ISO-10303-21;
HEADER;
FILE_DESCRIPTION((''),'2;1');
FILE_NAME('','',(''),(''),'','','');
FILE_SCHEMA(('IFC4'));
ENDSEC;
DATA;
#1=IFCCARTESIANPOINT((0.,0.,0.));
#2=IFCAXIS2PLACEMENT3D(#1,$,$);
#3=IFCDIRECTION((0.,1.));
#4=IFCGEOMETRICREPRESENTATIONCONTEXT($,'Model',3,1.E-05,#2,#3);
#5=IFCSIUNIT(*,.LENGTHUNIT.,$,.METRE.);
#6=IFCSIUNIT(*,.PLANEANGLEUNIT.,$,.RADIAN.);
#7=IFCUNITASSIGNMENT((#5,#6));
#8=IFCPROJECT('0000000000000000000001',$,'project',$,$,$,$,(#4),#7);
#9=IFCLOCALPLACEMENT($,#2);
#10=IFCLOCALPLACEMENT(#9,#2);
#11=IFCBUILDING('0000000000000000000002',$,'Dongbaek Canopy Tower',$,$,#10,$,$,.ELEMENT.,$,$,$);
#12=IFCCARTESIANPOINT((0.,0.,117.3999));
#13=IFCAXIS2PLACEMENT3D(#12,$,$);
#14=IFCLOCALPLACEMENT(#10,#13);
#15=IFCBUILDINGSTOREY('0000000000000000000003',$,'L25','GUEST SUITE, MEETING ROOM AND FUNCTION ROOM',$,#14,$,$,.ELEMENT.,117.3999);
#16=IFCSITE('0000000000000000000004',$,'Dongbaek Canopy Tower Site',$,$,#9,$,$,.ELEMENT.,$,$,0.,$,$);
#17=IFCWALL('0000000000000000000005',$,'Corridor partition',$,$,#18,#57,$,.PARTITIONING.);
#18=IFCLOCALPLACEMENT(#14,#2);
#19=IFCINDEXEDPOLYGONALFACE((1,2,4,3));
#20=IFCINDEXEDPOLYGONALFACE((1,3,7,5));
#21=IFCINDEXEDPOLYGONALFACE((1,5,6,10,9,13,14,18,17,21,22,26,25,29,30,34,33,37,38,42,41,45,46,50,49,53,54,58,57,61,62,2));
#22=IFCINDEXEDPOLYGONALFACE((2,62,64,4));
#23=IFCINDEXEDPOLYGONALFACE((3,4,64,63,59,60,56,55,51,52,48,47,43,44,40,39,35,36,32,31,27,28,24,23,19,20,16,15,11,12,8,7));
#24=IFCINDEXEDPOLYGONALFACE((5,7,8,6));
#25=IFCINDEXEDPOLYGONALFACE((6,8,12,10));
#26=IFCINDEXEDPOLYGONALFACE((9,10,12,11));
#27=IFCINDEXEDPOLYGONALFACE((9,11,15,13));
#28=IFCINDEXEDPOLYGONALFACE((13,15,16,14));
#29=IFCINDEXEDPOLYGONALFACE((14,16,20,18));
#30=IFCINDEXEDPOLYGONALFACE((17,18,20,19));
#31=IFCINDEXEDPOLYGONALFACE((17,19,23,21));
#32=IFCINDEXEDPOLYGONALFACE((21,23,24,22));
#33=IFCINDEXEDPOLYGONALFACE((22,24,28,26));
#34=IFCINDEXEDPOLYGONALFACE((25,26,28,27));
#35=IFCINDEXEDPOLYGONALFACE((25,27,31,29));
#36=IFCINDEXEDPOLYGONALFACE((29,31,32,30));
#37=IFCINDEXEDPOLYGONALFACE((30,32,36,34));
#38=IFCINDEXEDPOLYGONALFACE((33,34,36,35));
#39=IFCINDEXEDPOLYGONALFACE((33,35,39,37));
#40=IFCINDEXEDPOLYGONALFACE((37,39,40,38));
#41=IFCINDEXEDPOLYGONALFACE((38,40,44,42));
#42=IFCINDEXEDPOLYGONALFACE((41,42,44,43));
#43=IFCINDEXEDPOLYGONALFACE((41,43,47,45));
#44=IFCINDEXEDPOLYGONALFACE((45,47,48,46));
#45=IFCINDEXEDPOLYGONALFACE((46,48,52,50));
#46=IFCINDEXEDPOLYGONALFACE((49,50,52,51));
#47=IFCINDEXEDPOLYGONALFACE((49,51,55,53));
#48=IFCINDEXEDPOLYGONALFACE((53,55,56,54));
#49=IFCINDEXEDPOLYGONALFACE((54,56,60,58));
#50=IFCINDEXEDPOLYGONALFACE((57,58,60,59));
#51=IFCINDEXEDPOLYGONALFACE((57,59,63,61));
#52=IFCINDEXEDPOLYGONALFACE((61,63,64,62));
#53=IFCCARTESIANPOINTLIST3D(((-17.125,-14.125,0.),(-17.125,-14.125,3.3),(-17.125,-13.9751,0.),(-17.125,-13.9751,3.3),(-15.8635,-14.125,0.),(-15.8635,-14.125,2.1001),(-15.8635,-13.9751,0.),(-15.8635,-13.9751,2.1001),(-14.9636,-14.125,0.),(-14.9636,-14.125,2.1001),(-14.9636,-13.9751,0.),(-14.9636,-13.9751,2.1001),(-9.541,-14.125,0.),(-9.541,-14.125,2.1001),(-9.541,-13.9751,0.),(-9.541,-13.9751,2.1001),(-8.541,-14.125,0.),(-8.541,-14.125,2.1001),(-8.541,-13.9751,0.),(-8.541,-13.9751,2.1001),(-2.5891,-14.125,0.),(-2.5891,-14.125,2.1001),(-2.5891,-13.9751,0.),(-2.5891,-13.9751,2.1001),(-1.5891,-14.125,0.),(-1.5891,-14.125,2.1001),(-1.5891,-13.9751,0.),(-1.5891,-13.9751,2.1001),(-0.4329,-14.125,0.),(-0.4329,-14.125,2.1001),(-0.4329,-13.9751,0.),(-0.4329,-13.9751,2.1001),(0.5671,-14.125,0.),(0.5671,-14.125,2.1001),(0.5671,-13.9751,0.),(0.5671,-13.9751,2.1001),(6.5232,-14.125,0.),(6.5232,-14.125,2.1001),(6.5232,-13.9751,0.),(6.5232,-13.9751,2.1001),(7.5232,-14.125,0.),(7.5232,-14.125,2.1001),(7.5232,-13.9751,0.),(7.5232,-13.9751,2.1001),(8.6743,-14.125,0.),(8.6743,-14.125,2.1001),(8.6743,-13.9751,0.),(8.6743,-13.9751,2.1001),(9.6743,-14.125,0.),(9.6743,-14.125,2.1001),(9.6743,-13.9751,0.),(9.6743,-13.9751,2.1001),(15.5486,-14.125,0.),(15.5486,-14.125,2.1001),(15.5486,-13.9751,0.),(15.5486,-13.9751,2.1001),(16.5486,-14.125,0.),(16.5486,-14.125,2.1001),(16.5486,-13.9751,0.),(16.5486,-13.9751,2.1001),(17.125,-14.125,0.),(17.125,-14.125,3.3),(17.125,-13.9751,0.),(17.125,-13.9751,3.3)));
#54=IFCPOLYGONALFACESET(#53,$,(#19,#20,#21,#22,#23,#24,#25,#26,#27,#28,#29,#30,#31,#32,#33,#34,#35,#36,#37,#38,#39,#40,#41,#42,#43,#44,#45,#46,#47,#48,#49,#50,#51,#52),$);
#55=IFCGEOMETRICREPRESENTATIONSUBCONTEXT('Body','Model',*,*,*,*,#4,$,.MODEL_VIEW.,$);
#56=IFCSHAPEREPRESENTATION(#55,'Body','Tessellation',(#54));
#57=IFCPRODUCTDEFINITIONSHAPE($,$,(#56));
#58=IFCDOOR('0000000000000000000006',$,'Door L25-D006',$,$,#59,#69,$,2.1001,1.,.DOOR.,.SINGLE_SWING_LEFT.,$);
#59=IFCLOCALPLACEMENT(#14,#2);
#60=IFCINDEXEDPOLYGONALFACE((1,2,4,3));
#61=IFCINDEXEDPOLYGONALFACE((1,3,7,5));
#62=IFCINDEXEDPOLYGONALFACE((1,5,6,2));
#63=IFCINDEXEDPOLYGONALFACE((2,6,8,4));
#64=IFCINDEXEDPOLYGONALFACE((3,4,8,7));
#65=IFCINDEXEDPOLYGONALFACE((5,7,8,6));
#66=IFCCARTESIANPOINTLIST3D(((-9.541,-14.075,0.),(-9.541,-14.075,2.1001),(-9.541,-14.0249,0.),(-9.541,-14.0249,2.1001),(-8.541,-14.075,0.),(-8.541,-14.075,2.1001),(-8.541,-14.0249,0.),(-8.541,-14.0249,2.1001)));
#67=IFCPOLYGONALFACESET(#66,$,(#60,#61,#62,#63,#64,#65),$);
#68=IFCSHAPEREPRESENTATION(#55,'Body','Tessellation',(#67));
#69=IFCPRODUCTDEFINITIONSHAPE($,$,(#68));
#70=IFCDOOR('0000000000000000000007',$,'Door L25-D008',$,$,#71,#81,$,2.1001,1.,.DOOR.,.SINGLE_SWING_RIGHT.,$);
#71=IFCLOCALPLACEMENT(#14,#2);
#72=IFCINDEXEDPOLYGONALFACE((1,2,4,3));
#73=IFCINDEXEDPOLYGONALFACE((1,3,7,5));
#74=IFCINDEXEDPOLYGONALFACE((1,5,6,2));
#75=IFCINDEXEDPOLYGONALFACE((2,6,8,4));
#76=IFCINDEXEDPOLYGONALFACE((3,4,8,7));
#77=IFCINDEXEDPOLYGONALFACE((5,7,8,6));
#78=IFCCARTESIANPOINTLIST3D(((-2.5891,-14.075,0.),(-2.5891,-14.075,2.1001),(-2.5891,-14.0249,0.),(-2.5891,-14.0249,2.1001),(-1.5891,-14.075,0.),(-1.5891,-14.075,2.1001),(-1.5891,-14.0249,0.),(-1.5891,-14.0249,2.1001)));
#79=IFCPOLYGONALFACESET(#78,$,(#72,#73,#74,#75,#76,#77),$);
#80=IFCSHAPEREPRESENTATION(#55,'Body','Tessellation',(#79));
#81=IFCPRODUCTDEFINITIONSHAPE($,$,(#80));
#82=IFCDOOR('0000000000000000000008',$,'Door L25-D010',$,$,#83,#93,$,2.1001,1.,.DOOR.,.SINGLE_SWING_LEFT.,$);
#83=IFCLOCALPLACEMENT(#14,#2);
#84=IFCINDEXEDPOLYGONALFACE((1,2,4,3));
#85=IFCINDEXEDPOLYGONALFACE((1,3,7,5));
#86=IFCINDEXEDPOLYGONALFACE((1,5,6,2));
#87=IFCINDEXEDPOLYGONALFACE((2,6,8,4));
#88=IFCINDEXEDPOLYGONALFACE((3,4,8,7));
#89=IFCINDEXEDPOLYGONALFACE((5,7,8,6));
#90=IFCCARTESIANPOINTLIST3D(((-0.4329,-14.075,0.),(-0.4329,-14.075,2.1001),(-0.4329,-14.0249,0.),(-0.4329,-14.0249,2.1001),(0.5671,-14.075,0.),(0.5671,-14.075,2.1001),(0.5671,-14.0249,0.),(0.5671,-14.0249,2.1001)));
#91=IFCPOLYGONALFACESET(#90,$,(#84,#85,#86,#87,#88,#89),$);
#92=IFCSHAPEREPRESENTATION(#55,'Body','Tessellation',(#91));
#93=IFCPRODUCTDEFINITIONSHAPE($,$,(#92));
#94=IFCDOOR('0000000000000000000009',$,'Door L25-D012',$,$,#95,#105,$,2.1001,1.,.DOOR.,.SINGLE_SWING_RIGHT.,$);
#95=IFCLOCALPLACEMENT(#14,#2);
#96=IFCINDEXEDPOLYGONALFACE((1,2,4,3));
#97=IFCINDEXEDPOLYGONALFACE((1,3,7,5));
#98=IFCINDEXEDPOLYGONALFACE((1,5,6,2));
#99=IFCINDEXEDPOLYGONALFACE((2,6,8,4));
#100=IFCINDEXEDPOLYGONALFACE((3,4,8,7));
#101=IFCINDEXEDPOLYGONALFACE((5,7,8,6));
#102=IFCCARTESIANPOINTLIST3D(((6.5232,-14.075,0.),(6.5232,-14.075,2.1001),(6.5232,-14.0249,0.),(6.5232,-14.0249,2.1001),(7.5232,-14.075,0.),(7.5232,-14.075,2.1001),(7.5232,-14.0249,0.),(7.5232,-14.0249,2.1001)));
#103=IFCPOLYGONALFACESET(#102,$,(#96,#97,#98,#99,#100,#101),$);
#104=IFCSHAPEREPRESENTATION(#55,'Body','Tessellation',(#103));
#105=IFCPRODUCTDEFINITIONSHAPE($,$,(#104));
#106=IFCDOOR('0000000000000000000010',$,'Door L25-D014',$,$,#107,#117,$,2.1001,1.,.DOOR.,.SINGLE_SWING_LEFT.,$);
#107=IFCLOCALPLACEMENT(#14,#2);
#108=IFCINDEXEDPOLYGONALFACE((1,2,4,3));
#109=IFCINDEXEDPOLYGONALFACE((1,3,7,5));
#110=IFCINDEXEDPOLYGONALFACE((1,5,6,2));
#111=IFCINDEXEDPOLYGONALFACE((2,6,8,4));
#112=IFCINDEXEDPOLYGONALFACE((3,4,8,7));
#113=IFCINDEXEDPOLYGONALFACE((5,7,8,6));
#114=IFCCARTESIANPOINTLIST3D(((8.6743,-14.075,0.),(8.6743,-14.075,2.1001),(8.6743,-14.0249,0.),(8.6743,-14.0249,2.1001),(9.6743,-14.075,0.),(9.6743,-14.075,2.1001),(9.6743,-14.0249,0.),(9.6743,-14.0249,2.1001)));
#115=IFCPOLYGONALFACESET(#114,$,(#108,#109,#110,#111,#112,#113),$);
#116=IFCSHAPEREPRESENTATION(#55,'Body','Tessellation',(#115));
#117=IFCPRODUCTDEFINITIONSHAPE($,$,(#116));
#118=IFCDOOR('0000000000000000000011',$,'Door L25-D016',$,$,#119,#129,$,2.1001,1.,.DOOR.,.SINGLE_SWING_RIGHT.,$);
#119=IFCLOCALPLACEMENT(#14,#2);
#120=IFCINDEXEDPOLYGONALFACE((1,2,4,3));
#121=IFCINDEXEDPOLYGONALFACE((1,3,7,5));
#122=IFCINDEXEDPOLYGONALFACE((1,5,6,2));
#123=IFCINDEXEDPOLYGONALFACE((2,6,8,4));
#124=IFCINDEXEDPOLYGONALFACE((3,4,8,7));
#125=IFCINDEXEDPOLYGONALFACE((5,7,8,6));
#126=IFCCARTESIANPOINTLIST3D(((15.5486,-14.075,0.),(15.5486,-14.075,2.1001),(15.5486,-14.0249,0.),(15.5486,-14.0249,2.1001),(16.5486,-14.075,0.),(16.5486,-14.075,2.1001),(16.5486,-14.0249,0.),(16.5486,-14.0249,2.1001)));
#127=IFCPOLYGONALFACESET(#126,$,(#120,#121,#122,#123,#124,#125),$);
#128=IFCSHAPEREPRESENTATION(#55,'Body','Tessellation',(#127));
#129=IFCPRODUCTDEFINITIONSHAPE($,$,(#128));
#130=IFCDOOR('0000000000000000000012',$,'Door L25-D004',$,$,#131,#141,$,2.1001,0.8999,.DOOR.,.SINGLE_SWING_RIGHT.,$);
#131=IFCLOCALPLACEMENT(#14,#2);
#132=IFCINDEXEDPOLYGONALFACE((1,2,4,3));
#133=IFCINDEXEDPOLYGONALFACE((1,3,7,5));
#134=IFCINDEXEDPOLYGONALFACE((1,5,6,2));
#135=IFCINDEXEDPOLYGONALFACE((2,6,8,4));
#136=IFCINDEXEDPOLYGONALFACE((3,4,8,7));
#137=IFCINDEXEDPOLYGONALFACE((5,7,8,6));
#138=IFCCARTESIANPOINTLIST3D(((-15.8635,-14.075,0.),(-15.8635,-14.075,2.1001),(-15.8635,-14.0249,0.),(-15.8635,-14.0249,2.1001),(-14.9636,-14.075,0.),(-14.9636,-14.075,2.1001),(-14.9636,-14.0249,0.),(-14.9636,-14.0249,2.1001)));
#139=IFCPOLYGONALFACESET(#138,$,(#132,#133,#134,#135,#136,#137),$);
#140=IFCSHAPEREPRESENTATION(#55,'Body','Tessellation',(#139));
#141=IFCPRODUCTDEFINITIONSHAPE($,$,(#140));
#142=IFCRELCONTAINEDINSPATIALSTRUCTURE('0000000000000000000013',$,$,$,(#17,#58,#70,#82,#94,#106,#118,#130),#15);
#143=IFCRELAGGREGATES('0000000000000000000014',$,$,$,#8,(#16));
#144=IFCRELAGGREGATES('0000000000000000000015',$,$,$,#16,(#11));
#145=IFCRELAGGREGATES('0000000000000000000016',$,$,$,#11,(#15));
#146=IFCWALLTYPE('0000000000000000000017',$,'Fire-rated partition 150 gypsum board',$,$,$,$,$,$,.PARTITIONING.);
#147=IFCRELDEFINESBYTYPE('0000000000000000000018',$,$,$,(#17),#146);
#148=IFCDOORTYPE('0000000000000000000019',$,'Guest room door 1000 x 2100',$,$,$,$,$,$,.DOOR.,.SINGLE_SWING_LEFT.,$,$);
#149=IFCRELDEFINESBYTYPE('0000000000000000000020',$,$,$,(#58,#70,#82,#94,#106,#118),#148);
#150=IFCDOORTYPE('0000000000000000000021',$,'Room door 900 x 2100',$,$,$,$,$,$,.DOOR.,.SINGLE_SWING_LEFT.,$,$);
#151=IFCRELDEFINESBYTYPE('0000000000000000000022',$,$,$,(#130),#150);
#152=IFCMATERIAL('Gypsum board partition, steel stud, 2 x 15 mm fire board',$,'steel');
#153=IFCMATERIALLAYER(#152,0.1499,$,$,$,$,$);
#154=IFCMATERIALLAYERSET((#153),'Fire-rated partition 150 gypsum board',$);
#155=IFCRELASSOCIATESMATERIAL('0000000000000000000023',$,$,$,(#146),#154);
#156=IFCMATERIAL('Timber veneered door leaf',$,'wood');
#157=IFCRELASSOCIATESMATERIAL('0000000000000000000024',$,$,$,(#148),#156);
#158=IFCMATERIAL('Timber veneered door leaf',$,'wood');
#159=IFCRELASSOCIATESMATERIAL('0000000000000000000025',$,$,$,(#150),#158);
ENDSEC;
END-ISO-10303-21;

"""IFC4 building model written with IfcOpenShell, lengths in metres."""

from ifc_helpers import new_model, si_unit, direction, frame, frame_2d, origin, place, context, subcontext, project, spatial, rectangle, extrude, material, layer, layer_set, type_object, element, fill, save


model = new_model("IFC4")

# Units and contexts
model_context = context("Model", 3, precision=1e-05, world=origin(), true_north=direction((0.0, 1.0)))
body_context = subcontext(model_context, "Body", "Model", "MODEL_VIEW")
ifc_project = project(units=[si_unit("LENGTHUNIT", "METRE"), si_unit("PLANEANGLEUNIT", "RADIAN")], contexts=[model_context])

# Site, building, storey
site_placement = place(None, origin())
site = spatial("IfcSite", under=ifc_project, at=site_placement, Name="Dongbaek Canopy Tower Site", CompositionType="ELEMENT", RefElevation=0.0)
building_placement = place(site_placement, origin())
building = spatial("IfcBuilding", under=site, at=building_placement, Name="Dongbaek Canopy Tower", CompositionType="ELEMENT")
storey_placement = place(building_placement, frame((0.0, 0.0, 117.3999)))
storey = spatial("IfcBuildingStorey", under=building, at=storey_placement, Name="L25", Description="GUEST SUITE, MEETING ROOM AND FUNCTION ROOM", CompositionType="ELEMENT", Elevation=117.3999)

# Wall, openings, doors
ifc_material_1 = material(Name="Gypsum board partition, steel stud, 2 x 15 mm fire board", Category="steel")
ifc_layer_1 = layer(ifc_material_1, 0.1499)
ifc_layer_set_1 = layer_set([ifc_layer_1], Name="Fire-rated partition 150 gypsum board")
wall_type_1 = type_object("IfcWallType", Name="Fire-rated partition 150 gypsum board", PredefinedType="PARTITIONING", material=ifc_layer_set_1)
wall_1_placement = place(storey_placement, frame((17.125, -14.05, 0.0), z_axis=(0.0, 0.0, 1.0), x_axis=(-1.0, 0.0, 0.0)))
wall_1 = element("IfcWall", 1, at=wall_1_placement, inside=storey, type_object=wall_type_1, Name="Corridor partition", PredefinedType="PARTITIONING", context=body_context, shape_type="SweptSolid", body=[
    extrude(rectangle(XDim=34.25, YDim=0.1499, at=frame_2d((17.125, 0.0))), origin(), (0.0, 0.0, 1.0), 3.3),
])
opening_1_placement = place(wall_1_placement, frame((32.0886, 0.0, 0.0)))
opening_1 = element("IfcOpeningElement", 2, at=opening_1_placement, cuts=wall_1, PredefinedType="OPENING", context=body_context, shape_type="SweptSolid", body=[
    extrude(rectangle(XDim=0.8999, YDim=2.1001, at=frame_2d((0.45, 1.05))), frame((0.0, 0.085, 0.0), z_axis=(0.0, -1.0, 0.0), x_axis=(1.0, 0.0, 0.0)), (0.0, 0.0, 1.0), 0.1699),
])
opening_2_placement = place(wall_1_placement, frame((25.666, 0.0, 0.0)))
opening_2 = element("IfcOpeningElement", 3, at=opening_2_placement, cuts=wall_1, PredefinedType="OPENING", context=body_context, shape_type="SweptSolid", body=[
    extrude(rectangle(XDim=1.0, YDim=2.1001, at=frame_2d((0.5, 1.05))), frame((0.0, 0.085, 0.0), z_axis=(0.0, -1.0, 0.0), x_axis=(1.0, 0.0, 0.0)), (0.0, 0.0, 1.0), 0.1699),
])
opening_3_placement = place(wall_1_placement, frame((18.7141, 0.0, 0.0)))
opening_3 = element("IfcOpeningElement", 4, at=opening_3_placement, cuts=wall_1, PredefinedType="OPENING", context=body_context, shape_type="SweptSolid", body=[
    extrude(rectangle(XDim=1.0, YDim=2.1001, at=frame_2d((0.5, 1.05))), frame((0.0, 0.085, 0.0), z_axis=(0.0, -1.0, 0.0), x_axis=(1.0, 0.0, 0.0)), (0.0, 0.0, 1.0), 0.1699),
])
opening_4_placement = place(wall_1_placement, frame((16.5579, 0.0, 0.0)))
opening_4 = element("IfcOpeningElement", 5, at=opening_4_placement, cuts=wall_1, PredefinedType="OPENING", context=body_context, shape_type="SweptSolid", body=[
    extrude(rectangle(XDim=1.0, YDim=2.1001, at=frame_2d((0.5, 1.05))), frame((0.0, 0.085, 0.0), z_axis=(0.0, -1.0, 0.0), x_axis=(1.0, 0.0, 0.0)), (0.0, 0.0, 1.0), 0.1699),
])
opening_5_placement = place(wall_1_placement, frame((9.6018, 0.0, 0.0)))
opening_5 = element("IfcOpeningElement", 6, at=opening_5_placement, cuts=wall_1, PredefinedType="OPENING", context=body_context, shape_type="SweptSolid", body=[
    extrude(rectangle(XDim=1.0, YDim=2.1001, at=frame_2d((0.5, 1.05))), frame((0.0, 0.085, 0.0), z_axis=(0.0, -1.0, 0.0), x_axis=(1.0, 0.0, 0.0)), (0.0, 0.0, 1.0), 0.1699),
])
opening_6_placement = place(wall_1_placement, frame((7.4507, 0.0, 0.0)))
opening_6 = element("IfcOpeningElement", 7, at=opening_6_placement, cuts=wall_1, PredefinedType="OPENING", context=body_context, shape_type="SweptSolid", body=[
    extrude(rectangle(XDim=1.0, YDim=2.1001, at=frame_2d((0.5, 1.05))), frame((0.0, 0.085, 0.0), z_axis=(0.0, -1.0, 0.0), x_axis=(1.0, 0.0, 0.0)), (0.0, 0.0, 1.0), 0.1699),
])
opening_7_placement = place(wall_1_placement, frame((0.5764, 0.0, 0.0)))
opening_7 = element("IfcOpeningElement", 8, at=opening_7_placement, cuts=wall_1, PredefinedType="OPENING", context=body_context, shape_type="SweptSolid", body=[
    extrude(rectangle(XDim=1.0, YDim=2.1001, at=frame_2d((0.5, 1.05))), frame((0.0, 0.085, 0.0), z_axis=(0.0, -1.0, 0.0), x_axis=(1.0, 0.0, 0.0)), (0.0, 0.0, 1.0), 0.1699),
])
ifc_material_2 = material(Name="Timber veneered door leaf", Category="wood")
door_type_1 = type_object("IfcDoorType", Name="Guest room door 1000 x 2100", OperationType="SINGLE_SWING_LEFT", PredefinedType="DOOR", material=ifc_material_2)
door_1_placement = place(opening_2_placement, origin())
door_1 = element("IfcDoor", 9, at=door_1_placement, inside=storey, type_object=door_type_1, Name="Door L25-D006", OperationType="SINGLE_SWING_LEFT", OverallHeight=2.1001, OverallWidth=1.0, PredefinedType="DOOR", context=body_context, shape_type="SweptSolid", body=[
    extrude(rectangle(XDim=1.0, YDim=2.1001, at=frame_2d((0.5, 1.05))), frame((0.0, 0.0249, 0.0), z_axis=(0.0, -1.0, 0.0), x_axis=(1.0, 0.0, 0.0)), (0.0, 0.0, 1.0), 0.05),
])
fill(opening_2, door_1)
door_2_placement = place(opening_3_placement, origin())
door_2 = element("IfcDoor", 10, at=door_2_placement, inside=storey, type_object=door_type_1, Name="Door L25-D008", OperationType="SINGLE_SWING_RIGHT", OverallHeight=2.1001, OverallWidth=1.0, PredefinedType="DOOR", context=body_context, shape_type="SweptSolid", body=[
    extrude(rectangle(XDim=1.0, YDim=2.1001, at=frame_2d((0.5, 1.05))), frame((0.0, 0.0249, 0.0), z_axis=(0.0, -1.0, 0.0), x_axis=(1.0, 0.0, 0.0)), (0.0, 0.0, 1.0), 0.05),
])
fill(opening_3, door_2)
door_3_placement = place(opening_4_placement, origin())
door_3 = element("IfcDoor", 11, at=door_3_placement, inside=storey, type_object=door_type_1, Name="Door L25-D010", OperationType="SINGLE_SWING_LEFT", OverallHeight=2.1001, OverallWidth=1.0, PredefinedType="DOOR", context=body_context, shape_type="SweptSolid", body=[
    extrude(rectangle(XDim=1.0, YDim=2.1001, at=frame_2d((0.5, 1.05))), frame((0.0, 0.0249, 0.0), z_axis=(0.0, -1.0, 0.0), x_axis=(1.0, 0.0, 0.0)), (0.0, 0.0, 1.0), 0.05),
])
fill(opening_4, door_3)
door_4_placement = place(opening_5_placement, origin())
door_4 = element("IfcDoor", 12, at=door_4_placement, inside=storey, type_object=door_type_1, Name="Door L25-D012", OperationType="SINGLE_SWING_RIGHT", OverallHeight=2.1001, OverallWidth=1.0, PredefinedType="DOOR", context=body_context, shape_type="SweptSolid", body=[
    extrude(rectangle(XDim=1.0, YDim=2.1001, at=frame_2d((0.5, 1.05))), frame((0.0, 0.0249, 0.0), z_axis=(0.0, -1.0, 0.0), x_axis=(1.0, 0.0, 0.0)), (0.0, 0.0, 1.0), 0.05),
])
fill(opening_5, door_4)
door_5_placement = place(opening_6_placement, origin())
door_5 = element("IfcDoor", 13, at=door_5_placement, inside=storey, type_object=door_type_1, Name="Door L25-D014", OperationType="SINGLE_SWING_LEFT", OverallHeight=2.1001, OverallWidth=1.0, PredefinedType="DOOR", context=body_context, shape_type="SweptSolid", body=[
    extrude(rectangle(XDim=1.0, YDim=2.1001, at=frame_2d((0.5, 1.05))), frame((0.0, 0.0249, 0.0), z_axis=(0.0, -1.0, 0.0), x_axis=(1.0, 0.0, 0.0)), (0.0, 0.0, 1.0), 0.05),
])
fill(opening_6, door_5)
door_6_placement = place(opening_7_placement, origin())
door_6 = element("IfcDoor", 14, at=door_6_placement, inside=storey, type_object=door_type_1, Name="Door L25-D016", OperationType="SINGLE_SWING_RIGHT", OverallHeight=2.1001, OverallWidth=1.0, PredefinedType="DOOR", context=body_context, shape_type="SweptSolid", body=[
    extrude(rectangle(XDim=1.0, YDim=2.1001, at=frame_2d((0.5, 1.05))), frame((0.0, 0.0249, 0.0), z_axis=(0.0, -1.0, 0.0), x_axis=(1.0, 0.0, 0.0)), (0.0, 0.0, 1.0), 0.05),
])
fill(opening_7, door_6)
ifc_material_3 = material(Name="Timber veneered door leaf", Category="wood")
door_type_2 = type_object("IfcDoorType", Name="Room door 900 x 2100", OperationType="SINGLE_SWING_LEFT", PredefinedType="DOOR", material=ifc_material_3)
door_7_placement = place(opening_1_placement, origin())
door_7 = element("IfcDoor", 15, at=door_7_placement, inside=storey, type_object=door_type_2, Name="Door L25-D004", OperationType="SINGLE_SWING_RIGHT", OverallHeight=2.1001, OverallWidth=0.8999, PredefinedType="DOOR", context=body_context, shape_type="SweptSolid", body=[
    extrude(rectangle(XDim=0.8999, YDim=2.1001, at=frame_2d((0.45, 1.05))), frame((0.0, 0.0249, 0.0), z_axis=(0.0, -1.0, 0.0), x_axis=(1.0, 0.0, 0.0)), (0.0, 0.0, 1.0), 0.05),
])
fill(opening_1, door_7)

save(model, "model.ifc")
